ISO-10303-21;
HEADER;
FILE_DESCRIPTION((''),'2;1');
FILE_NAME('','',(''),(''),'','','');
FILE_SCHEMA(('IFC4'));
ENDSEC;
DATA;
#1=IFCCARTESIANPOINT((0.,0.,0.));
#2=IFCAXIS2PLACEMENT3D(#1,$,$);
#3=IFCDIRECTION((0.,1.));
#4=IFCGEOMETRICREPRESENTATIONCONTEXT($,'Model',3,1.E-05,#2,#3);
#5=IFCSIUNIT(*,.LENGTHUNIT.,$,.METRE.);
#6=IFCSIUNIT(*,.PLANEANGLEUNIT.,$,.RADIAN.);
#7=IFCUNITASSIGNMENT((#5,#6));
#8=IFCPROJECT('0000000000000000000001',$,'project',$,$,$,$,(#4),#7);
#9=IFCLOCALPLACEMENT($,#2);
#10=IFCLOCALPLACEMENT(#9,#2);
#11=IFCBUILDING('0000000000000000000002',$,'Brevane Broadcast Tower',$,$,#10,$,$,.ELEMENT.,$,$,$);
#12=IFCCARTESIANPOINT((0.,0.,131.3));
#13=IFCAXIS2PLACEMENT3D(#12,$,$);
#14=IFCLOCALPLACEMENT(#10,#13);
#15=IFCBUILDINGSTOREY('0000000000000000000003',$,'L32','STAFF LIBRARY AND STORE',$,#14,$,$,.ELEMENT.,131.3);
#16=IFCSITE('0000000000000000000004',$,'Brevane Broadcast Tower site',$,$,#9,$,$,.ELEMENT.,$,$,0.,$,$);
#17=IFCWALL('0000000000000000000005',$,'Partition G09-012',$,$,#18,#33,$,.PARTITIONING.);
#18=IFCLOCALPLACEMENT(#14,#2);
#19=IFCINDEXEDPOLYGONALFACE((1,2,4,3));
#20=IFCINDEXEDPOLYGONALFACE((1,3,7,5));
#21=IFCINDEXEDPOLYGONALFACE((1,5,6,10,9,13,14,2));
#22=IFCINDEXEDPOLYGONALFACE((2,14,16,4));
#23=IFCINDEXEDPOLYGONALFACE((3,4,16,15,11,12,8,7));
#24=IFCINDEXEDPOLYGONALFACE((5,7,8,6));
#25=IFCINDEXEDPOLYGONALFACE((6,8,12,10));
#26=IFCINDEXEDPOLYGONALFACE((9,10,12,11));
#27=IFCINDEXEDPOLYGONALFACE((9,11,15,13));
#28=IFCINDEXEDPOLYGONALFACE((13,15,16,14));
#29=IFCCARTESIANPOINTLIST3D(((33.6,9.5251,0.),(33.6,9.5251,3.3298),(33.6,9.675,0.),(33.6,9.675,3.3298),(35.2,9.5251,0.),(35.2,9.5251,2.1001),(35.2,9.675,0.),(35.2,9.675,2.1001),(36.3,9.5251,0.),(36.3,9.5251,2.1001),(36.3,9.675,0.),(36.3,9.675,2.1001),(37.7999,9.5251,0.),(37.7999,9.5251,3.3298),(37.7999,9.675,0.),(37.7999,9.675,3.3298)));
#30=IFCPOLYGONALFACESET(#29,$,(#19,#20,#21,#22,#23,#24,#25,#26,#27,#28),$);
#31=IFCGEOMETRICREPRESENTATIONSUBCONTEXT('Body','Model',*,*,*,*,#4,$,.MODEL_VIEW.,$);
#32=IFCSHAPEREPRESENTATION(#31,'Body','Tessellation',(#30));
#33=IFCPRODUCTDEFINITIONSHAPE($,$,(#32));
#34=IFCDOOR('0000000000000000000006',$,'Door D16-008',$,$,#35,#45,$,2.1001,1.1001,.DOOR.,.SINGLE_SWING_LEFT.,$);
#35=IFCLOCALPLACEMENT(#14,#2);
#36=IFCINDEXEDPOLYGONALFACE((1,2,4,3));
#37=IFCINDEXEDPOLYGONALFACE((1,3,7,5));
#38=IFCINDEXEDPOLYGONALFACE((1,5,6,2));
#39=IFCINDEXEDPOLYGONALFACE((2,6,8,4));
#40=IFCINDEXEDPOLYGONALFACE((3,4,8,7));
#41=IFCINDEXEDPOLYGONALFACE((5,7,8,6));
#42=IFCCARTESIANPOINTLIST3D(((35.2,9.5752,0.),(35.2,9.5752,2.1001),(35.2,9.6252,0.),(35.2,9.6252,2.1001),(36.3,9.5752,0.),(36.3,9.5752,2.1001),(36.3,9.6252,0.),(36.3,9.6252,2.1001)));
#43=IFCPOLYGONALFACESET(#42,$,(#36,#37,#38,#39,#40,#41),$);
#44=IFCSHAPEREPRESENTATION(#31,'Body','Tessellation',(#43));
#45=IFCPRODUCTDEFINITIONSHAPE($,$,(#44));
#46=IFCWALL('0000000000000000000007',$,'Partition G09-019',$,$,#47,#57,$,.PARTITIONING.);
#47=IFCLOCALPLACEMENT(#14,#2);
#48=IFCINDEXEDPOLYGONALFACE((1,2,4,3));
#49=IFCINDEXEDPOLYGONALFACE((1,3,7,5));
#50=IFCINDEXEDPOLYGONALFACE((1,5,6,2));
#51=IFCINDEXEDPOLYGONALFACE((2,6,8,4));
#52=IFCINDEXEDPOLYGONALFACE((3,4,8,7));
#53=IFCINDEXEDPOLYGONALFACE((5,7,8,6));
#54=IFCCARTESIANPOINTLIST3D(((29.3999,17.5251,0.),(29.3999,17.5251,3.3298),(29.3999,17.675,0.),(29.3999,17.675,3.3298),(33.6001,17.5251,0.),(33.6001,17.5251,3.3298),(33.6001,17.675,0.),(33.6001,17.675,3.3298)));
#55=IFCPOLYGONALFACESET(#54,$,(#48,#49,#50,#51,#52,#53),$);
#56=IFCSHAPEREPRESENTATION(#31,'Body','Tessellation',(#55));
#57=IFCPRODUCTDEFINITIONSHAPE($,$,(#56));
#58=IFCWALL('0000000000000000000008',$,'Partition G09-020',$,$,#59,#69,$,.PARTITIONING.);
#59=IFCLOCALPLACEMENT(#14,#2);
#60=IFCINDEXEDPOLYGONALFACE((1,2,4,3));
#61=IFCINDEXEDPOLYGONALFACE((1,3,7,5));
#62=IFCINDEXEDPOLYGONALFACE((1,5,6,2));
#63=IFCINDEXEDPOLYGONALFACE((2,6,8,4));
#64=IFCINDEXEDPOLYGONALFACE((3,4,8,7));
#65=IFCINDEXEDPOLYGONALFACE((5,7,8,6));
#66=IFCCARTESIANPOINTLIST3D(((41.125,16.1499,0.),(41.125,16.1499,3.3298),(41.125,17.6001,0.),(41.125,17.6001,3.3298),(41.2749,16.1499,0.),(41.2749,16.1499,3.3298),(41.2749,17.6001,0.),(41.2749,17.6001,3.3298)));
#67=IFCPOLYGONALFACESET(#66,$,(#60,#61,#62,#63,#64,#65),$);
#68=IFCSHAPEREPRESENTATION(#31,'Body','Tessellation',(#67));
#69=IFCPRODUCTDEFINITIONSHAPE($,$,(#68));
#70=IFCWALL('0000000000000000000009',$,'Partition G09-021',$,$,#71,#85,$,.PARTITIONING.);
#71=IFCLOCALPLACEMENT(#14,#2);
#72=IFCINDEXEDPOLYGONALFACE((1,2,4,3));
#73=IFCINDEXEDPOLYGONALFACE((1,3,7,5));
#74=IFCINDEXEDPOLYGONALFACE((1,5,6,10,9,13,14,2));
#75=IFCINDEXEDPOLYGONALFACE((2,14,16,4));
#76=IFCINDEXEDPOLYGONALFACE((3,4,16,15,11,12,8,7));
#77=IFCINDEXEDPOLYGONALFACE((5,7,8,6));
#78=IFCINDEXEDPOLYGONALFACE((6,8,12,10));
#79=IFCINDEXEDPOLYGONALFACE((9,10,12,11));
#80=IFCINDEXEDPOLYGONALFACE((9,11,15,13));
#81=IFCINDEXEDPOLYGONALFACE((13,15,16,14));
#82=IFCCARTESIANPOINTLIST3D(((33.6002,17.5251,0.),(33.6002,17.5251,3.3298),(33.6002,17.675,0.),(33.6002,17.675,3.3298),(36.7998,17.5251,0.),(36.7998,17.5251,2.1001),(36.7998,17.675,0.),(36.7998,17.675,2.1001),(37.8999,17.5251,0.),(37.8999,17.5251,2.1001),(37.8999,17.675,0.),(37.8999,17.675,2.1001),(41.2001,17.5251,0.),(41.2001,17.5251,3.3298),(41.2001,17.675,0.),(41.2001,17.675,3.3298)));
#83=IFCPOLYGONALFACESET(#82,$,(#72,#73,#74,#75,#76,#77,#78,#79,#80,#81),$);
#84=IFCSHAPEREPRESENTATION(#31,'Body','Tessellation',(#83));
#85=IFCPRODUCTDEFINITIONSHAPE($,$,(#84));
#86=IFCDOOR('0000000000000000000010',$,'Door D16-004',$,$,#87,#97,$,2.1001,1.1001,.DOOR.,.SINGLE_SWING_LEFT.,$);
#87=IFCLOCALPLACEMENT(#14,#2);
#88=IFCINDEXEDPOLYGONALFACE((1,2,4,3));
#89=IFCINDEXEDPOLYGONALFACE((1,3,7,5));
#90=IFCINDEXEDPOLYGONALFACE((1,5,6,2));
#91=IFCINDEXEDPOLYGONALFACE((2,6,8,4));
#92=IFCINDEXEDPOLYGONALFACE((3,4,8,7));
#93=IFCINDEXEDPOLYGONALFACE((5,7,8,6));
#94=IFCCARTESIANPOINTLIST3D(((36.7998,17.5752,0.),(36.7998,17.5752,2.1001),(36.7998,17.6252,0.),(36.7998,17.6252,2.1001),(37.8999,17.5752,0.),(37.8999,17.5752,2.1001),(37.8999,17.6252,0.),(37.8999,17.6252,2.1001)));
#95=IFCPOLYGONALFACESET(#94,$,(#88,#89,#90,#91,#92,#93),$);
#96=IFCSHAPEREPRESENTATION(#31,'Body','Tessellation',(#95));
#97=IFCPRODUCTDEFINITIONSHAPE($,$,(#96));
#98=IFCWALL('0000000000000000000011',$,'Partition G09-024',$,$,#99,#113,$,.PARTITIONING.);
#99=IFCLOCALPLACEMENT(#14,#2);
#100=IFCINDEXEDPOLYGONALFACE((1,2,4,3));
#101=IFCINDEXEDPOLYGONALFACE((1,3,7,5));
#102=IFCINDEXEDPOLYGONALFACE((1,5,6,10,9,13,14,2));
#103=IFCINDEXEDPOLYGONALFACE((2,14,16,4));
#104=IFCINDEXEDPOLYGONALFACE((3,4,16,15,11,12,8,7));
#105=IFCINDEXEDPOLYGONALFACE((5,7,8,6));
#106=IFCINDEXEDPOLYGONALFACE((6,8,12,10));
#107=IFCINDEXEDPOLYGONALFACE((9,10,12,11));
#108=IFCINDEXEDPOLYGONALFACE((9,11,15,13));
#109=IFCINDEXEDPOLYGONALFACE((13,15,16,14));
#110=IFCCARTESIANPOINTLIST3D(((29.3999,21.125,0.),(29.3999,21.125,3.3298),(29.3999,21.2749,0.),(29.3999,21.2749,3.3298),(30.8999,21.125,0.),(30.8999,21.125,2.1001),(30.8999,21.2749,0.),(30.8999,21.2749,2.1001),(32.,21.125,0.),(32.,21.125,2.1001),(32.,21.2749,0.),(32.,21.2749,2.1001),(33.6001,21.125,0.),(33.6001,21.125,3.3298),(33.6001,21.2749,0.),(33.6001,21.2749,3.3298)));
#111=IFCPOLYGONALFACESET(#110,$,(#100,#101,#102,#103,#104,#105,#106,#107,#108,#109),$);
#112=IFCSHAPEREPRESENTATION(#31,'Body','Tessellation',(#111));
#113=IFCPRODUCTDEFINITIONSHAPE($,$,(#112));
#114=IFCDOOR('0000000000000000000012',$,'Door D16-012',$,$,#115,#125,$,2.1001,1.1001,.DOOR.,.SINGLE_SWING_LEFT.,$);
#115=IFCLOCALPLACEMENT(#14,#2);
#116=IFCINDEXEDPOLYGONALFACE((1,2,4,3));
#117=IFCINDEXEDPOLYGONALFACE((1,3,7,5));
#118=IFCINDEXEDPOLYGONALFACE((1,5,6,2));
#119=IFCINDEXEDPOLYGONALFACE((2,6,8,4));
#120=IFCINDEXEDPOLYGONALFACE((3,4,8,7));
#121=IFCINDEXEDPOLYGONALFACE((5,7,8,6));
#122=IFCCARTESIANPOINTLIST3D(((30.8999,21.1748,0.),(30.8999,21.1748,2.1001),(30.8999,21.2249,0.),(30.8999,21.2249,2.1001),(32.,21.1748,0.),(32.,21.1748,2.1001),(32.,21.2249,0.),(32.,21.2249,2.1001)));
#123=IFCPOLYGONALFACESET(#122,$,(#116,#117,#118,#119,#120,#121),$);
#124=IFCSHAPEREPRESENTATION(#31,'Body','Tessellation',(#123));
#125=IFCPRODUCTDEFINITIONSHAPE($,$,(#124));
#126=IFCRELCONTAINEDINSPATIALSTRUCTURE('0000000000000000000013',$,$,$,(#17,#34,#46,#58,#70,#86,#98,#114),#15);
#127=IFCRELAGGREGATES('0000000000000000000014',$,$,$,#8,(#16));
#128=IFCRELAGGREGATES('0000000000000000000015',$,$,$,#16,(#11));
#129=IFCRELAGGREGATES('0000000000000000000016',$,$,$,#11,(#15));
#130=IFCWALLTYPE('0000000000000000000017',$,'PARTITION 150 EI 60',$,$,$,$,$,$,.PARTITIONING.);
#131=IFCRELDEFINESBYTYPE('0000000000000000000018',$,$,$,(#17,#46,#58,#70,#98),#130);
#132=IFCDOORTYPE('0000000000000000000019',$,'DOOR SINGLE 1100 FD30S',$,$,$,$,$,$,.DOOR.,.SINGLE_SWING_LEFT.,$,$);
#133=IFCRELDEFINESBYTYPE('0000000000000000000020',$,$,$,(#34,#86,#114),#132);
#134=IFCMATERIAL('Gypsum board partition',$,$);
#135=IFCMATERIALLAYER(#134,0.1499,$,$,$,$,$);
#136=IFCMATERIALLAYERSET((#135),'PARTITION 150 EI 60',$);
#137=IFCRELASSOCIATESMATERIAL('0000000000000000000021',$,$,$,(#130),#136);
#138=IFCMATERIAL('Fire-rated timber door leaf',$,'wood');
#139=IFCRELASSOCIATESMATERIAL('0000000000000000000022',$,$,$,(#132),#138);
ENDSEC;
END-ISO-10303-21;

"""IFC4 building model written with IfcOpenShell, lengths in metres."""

from ifc_helpers import new_model, si_unit, direction, frame, frame_2d, origin, place, context, subcontext, project, spatial, rectangle, extrude, material, layer, layer_set, type_object, element, fill, save


model = new_model("IFC4")

# Units and contexts
model_context = context("Model", 3, precision=1e-05, world=origin(), true_north=direction((0.0, 1.0)))
body_context = subcontext(model_context, "Body", "Model", "MODEL_VIEW")
ifc_project = project(units=[si_unit("LENGTHUNIT", "METRE"), si_unit("PLANEANGLEUNIT", "RADIAN")], contexts=[model_context])

# Site, building, storey
site_placement = place(None, origin())
site = spatial("IfcSite", under=ifc_project, at=site_placement, Name="Brevane Broadcast Tower site", CompositionType="ELEMENT", RefElevation=0.0)
building_placement = place(site_placement, origin())
building = spatial("IfcBuilding", under=site, at=building_placement, Name="Brevane Broadcast Tower", CompositionType="ELEMENT")
storey_placement = place(building_placement, frame((0.0, 0.0, 131.3)))
storey = spatial("IfcBuildingStorey", under=building, at=storey_placement, Name="L32", Description="STAFF LIBRARY AND STORE", CompositionType="ELEMENT", Elevation=131.3)

# Shared definitions
ifc_material_1 = material(Name="Gypsum board partition")

# Shared definitions
ifc_layer_1 = layer(ifc_material_1, 0.1499)
ifc_layer_set_1 = layer_set([ifc_layer_1], Name="PARTITION 150 EI 60")
wall_type_1 = type_object("IfcWallType", Name="PARTITION 150 EI 60", PredefinedType="PARTITIONING", material=ifc_layer_set_1)
ifc_material_2 = material(Name="Fire-rated timber door leaf", Category="wood")

# Wall, opening, door
door_type_1 = type_object("IfcDoorType", Name="DOOR SINGLE 1100 FD30S", OperationType="SINGLE_SWING_LEFT", PredefinedType="DOOR", material=ifc_material_2)
wall_1_placement = place(storey_placement, frame((37.8, 9.6001, 0.0), z_axis=(0.0, 0.0, 1.0), x_axis=(-1.0, 0.0, 0.0)))
wall_1 = element("IfcWall", 1, at=wall_1_placement, inside=storey, type_object=wall_type_1, Name="Partition G09-012", PredefinedType="PARTITIONING", context=body_context, shape_type="SweptSolid", body=[
    extrude(rectangle(XDim=4.2, YDim=0.1499, at=frame_2d((2.1001, 0.0))), origin(), (0.0, 0.0, 1.0), 3.3298),
])
opening_1_placement = place(wall_1_placement, frame((1.5, 0.0, 0.0)))
opening_1 = element("IfcOpeningElement", 2, at=opening_1_placement, cuts=wall_1, PredefinedType="OPENING", context=body_context, shape_type="SweptSolid", body=[
    extrude(rectangle(XDim=1.1001, YDim=2.1001, at=frame_2d((0.55, 1.05))), frame((0.0, 0.085, 0.0), z_axis=(0.0, -1.0, 0.0), x_axis=(1.0, 0.0, 0.0)), (0.0, 0.0, 1.0), 0.1699),
])
door_1_placement = place(opening_1_placement, origin())
door_1 = element("IfcDoor", 3, at=door_1_placement, inside=storey, type_object=door_type_1, Name="Door D16-008", OperationType="SINGLE_SWING_LEFT", OverallHeight=2.1001, OverallWidth=1.1001, PredefinedType="DOOR", context=body_context, shape_type="SweptSolid", body=[
    extrude(rectangle(XDim=1.1001, YDim=2.1001, at=frame_2d((0.55, 1.05))), frame((0.0, 0.0249, 0.0), z_axis=(0.0, -1.0, 0.0), x_axis=(1.0, 0.0, 0.0)), (0.0, 0.0, 1.0), 0.05),
])
fill(opening_1, door_1)

# Walls
wall_2_placement = place(storey_placement, frame((33.6001, 17.6001, 0.0), z_axis=(0.0, 0.0, 1.0), x_axis=(-1.0, 0.0, 0.0)))
element("IfcWall", 4, at=wall_2_placement, inside=storey, type_object=wall_type_1, Name="Partition G09-019", PredefinedType="PARTITIONING", context=body_context, shape_type="SweptSolid", body=[
    extrude(rectangle(XDim=4.2002, YDim=0.1499, at=frame_2d((2.1001, 0.0))), origin(), (0.0, 0.0, 1.0), 3.3298),
])
wall_3_placement = place(storey_placement, frame((41.2, 16.1499, 0.0), z_axis=(0.0, 0.0, 1.0), x_axis=(0.0, 1.0, 0.0)))
element("IfcWall", 5, at=wall_3_placement, inside=storey, type_object=wall_type_1, Name="Partition G09-020", PredefinedType="PARTITIONING", context=body_context, shape_type="SweptSolid", body=[
    extrude(rectangle(XDim=1.4502, YDim=0.1499, at=frame_2d((0.7251, 0.0))), origin(), (0.0, 0.0, 1.0), 3.3298),
])

# Walls, openings, doors
wall_4_placement = place(storey_placement, frame((41.2, 17.6001, 0.0), z_axis=(0.0, 0.0, 1.0), x_axis=(-1.0, 0.0, 0.0)))
wall_4 = element("IfcWall", 6, at=wall_4_placement, inside=storey, type_object=wall_type_1, Name="Partition G09-021", PredefinedType="PARTITIONING", context=body_context, shape_type="SweptSolid", body=[
    extrude(rectangle(XDim=7.5999, YDim=0.1499, at=frame_2d((3.7998, 0.0))), origin(), (0.0, 0.0, 1.0), 3.3298),
])
opening_2_placement = place(wall_4_placement, frame((3.3, 0.0, 0.0)))
opening_2 = element("IfcOpeningElement", 7, at=opening_2_placement, cuts=wall_4, PredefinedType="OPENING", context=body_context, shape_type="SweptSolid", body=[
    extrude(rectangle(XDim=1.1001, YDim=2.1001, at=frame_2d((0.55, 1.05))), frame((0.0, 0.085, 0.0), z_axis=(0.0, -1.0, 0.0), x_axis=(1.0, 0.0, 0.0)), (0.0, 0.0, 1.0), 0.1699),
])
door_2_placement = place(opening_2_placement, origin())
door_2 = element("IfcDoor", 8, at=door_2_placement, inside=storey, type_object=door_type_1, Name="Door D16-004", OperationType="SINGLE_SWING_LEFT", OverallHeight=2.1001, OverallWidth=1.1001, PredefinedType="DOOR", context=body_context, shape_type="SweptSolid", body=[
    extrude(rectangle(XDim=1.1001, YDim=2.1001, at=frame_2d((0.55, 1.05))), frame((0.0, 0.0249, 0.0), z_axis=(0.0, -1.0, 0.0), x_axis=(1.0, 0.0, 0.0)), (0.0, 0.0, 1.0), 0.05),
])
fill(opening_2, door_2)
wall_5_placement = place(storey_placement, frame((29.3999, 21.2, 0.0), z_axis=(0.0, 0.0, 1.0), x_axis=(1.0, 0.0, 0.0)))
wall_5 = element("IfcWall", 9, at=wall_5_placement, inside=storey, type_object=wall_type_1, Name="Partition G09-024", PredefinedType="PARTITIONING", context=body_context, shape_type="SweptSolid", body=[
    extrude(rectangle(XDim=4.2002, YDim=0.1499, at=frame_2d((2.1001, 0.0))), origin(), (0.0, 0.0, 1.0), 3.3298),
])
opening_3_placement = place(wall_5_placement, frame((1.5, 0.0, 0.0)))
opening_3 = element("IfcOpeningElement", 10, at=opening_3_placement, cuts=wall_5, PredefinedType="OPENING", context=body_context, shape_type="SweptSolid", body=[
    extrude(rectangle(XDim=1.1001, YDim=2.1001, at=frame_2d((0.55, 1.05))), frame((0.0, 0.085, 0.0), z_axis=(0.0, -1.0, 0.0), x_axis=(1.0, 0.0, 0.0)), (0.0, 0.0, 1.0), 0.1699),
])
door_3_placement = place(opening_3_placement, origin())
door_3 = element("IfcDoor", 11, at=door_3_placement, inside=storey, type_object=door_type_1, Name="Door D16-012", OperationType="SINGLE_SWING_LEFT", OverallHeight=2.1001, OverallWidth=1.1001, PredefinedType="DOOR", context=body_context, shape_type="SweptSolid", body=[
    extrude(rectangle(XDim=1.1001, YDim=2.1001, at=frame_2d((0.55, 1.05))), frame((0.0, 0.0249, 0.0), z_axis=(0.0, -1.0, 0.0), x_axis=(1.0, 0.0, 0.0)), (0.0, 0.0, 1.0), 0.05),
])
fill(opening_3, door_3)

save(model, "model.ifc")
